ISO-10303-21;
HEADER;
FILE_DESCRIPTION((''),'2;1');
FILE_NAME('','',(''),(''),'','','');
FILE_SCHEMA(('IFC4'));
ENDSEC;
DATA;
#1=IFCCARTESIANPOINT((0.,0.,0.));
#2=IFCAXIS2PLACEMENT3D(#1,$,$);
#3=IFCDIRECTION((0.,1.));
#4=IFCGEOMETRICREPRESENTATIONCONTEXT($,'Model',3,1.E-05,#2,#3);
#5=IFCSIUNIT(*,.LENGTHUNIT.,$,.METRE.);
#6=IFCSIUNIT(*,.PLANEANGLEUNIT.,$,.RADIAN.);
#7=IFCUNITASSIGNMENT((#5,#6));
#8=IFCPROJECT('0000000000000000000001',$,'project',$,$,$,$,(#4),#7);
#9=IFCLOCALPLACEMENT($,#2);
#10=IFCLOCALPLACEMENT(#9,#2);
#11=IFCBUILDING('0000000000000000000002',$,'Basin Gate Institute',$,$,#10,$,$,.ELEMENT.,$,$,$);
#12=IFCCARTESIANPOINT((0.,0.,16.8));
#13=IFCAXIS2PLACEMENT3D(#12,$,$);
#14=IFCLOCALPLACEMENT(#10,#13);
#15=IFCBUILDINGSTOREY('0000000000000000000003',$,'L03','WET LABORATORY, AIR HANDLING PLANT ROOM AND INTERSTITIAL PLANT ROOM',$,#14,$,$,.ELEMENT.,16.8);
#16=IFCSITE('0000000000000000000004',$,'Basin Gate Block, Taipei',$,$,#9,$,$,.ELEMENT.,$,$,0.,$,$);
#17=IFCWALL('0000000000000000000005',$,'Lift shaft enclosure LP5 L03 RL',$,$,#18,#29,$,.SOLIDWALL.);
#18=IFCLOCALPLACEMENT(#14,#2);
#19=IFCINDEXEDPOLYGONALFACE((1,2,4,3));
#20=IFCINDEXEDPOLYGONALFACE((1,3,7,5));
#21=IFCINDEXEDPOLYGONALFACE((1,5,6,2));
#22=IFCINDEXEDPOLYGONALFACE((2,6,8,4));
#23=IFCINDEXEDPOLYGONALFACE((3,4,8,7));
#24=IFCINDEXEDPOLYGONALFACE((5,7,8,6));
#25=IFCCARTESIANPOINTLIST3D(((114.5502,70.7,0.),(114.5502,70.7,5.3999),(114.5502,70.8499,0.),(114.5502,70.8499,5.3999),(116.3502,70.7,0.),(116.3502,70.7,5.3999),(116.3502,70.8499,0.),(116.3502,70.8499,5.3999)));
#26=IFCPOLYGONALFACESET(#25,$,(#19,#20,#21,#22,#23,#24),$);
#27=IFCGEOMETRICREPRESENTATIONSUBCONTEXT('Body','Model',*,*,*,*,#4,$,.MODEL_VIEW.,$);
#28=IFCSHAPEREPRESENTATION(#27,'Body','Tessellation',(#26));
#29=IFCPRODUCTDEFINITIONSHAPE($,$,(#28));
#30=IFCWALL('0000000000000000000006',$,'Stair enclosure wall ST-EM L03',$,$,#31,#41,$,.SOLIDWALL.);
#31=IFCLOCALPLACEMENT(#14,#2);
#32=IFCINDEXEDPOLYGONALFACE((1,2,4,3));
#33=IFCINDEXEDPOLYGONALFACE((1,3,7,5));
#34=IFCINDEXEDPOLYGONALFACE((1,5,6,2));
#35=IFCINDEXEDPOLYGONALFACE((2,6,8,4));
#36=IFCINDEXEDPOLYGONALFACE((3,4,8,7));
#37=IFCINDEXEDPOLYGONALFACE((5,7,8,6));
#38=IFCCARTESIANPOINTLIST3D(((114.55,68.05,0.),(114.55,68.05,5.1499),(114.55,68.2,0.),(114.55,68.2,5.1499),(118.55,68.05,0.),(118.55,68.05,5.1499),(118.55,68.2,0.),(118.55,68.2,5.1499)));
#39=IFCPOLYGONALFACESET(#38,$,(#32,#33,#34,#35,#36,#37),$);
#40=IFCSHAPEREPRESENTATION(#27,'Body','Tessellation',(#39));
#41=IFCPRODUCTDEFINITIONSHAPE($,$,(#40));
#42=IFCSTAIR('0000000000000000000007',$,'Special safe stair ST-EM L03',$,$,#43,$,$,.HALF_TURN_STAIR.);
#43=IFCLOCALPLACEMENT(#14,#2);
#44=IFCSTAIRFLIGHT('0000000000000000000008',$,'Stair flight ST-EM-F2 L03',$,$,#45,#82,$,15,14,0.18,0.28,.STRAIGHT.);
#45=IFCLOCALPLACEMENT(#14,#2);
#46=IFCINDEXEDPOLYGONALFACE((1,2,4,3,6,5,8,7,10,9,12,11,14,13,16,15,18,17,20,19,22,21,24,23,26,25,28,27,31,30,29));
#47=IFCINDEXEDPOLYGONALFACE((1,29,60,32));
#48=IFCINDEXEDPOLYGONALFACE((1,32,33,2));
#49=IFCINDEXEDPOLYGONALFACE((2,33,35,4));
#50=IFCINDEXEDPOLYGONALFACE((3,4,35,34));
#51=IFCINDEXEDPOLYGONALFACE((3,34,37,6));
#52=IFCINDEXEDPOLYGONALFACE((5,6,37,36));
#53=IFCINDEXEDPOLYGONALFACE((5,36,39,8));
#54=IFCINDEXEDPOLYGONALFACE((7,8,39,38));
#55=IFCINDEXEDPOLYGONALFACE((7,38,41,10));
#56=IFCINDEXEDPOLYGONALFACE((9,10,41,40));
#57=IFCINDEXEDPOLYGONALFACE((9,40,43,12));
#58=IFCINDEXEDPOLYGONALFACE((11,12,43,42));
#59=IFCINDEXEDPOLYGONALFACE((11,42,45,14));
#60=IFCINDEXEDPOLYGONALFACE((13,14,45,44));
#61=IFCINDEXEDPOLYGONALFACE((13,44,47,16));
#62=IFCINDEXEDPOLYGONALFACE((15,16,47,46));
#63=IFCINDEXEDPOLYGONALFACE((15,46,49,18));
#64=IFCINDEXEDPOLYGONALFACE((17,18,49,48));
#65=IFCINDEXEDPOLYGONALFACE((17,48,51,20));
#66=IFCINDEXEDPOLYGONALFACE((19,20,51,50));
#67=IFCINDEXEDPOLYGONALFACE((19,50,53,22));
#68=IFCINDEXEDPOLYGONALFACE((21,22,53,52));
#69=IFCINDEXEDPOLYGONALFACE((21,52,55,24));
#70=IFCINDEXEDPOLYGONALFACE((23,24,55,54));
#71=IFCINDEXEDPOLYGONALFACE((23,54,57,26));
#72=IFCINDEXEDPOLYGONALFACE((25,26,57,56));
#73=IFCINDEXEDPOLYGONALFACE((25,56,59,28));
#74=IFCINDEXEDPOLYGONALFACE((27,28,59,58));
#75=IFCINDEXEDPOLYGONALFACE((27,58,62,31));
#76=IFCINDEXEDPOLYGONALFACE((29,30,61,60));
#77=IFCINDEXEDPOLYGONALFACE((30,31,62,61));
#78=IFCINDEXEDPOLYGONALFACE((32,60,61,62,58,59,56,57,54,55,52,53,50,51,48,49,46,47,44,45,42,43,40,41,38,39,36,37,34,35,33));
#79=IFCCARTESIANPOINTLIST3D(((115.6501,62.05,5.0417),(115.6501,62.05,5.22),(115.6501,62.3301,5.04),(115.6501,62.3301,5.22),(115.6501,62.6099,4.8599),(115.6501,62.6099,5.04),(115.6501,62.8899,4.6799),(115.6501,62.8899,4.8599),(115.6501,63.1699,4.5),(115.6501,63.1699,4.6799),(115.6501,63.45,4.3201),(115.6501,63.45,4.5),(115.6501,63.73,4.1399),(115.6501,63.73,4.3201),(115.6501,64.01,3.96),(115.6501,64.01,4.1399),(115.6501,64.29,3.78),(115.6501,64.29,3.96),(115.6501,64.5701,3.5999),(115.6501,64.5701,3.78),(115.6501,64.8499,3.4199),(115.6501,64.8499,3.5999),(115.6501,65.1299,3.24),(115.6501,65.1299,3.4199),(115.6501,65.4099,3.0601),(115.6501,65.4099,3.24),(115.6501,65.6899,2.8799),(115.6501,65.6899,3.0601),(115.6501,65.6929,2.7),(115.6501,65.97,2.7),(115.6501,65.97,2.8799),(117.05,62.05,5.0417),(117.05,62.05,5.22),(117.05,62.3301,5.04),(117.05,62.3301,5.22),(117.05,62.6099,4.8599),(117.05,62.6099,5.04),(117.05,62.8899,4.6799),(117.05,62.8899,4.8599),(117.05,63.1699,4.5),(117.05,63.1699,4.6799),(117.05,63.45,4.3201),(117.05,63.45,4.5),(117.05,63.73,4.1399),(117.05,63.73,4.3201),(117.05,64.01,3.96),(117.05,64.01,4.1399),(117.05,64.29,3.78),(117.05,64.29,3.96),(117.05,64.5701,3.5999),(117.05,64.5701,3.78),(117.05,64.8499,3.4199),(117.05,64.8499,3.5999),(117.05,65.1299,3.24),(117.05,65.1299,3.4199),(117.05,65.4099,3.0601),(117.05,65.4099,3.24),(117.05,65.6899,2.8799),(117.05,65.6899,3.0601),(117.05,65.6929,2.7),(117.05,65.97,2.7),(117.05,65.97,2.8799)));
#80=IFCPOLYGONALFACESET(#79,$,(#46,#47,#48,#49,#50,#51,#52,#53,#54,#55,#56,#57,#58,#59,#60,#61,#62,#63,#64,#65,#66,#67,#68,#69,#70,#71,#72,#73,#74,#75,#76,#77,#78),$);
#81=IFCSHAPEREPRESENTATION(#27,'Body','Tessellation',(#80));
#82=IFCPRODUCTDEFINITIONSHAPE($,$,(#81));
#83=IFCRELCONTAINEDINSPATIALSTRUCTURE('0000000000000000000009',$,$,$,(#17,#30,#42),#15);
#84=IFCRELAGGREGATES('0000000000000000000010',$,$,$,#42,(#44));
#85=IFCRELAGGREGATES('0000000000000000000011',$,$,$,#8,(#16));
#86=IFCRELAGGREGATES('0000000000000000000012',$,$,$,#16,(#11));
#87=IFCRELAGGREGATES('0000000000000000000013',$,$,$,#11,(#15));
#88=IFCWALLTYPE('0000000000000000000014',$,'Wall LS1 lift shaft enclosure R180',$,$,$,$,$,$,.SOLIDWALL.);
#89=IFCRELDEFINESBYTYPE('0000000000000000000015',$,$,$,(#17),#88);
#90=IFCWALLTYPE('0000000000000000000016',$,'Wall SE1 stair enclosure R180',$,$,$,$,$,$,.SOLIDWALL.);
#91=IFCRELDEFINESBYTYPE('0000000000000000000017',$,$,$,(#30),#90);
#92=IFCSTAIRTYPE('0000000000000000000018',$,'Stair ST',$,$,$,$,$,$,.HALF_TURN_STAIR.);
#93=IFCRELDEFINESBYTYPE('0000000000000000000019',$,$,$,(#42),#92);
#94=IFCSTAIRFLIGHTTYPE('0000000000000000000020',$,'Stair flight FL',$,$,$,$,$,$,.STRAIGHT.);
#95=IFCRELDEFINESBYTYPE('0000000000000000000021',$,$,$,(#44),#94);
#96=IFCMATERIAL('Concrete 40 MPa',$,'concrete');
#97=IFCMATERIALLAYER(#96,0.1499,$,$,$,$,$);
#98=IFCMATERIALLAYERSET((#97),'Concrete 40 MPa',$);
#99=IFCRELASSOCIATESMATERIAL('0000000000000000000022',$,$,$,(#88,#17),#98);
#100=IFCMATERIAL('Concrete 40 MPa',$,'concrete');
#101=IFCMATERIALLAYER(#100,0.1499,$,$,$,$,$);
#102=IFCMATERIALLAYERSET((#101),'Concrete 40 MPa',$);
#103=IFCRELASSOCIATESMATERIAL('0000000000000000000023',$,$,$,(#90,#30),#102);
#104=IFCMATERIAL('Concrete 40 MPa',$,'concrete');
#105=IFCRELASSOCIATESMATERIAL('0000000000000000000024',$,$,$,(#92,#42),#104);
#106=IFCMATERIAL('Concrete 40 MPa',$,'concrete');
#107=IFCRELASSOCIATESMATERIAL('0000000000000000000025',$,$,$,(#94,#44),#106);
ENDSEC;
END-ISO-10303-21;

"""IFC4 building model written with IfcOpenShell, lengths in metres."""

from ifc_helpers import new_model, si_unit, direction, frame, frame_2d, origin, place, context, subcontext, project, spatial, polyline, rectangle, outline, extrude, material, layer, layer_set, type_object, element, aggregate, save


model = new_model("IFC4")

# Units and contexts
model_context = context("Model", 3, precision=1e-05, world=origin(), true_north=direction((0.0, 1.0)))
body_context = subcontext(model_context, "Body", "Model", "MODEL_VIEW")
ifc_project = project(units=[si_unit("LENGTHUNIT", "METRE"), si_unit("PLANEANGLEUNIT", "RADIAN")], contexts=[model_context])

# Site, building, storey
site_placement = place(None, origin())
site = spatial("IfcSite", under=ifc_project, at=site_placement, Name="Basin Gate Block, Taipei", CompositionType="ELEMENT", RefElevation=0.0)
building_placement = place(site_placement, origin())
building = spatial("IfcBuilding", under=site, at=building_placement, Name="Basin Gate Institute", CompositionType="ELEMENT")
storey_placement = place(building_placement, frame((0.0, 0.0, 16.8)))
storey = spatial("IfcBuildingStorey", under=building, at=storey_placement, Name="L03", Description="WET LABORATORY, AIR HANDLING PLANT ROOM AND INTERSTITIAL PLANT ROOM", CompositionType="ELEMENT", Elevation=16.8)

# Walls
ifc_material_1 = material(Name="Concrete 40 MPa", Category="concrete")
ifc_layer_1 = layer(ifc_material_1, 0.1499)
ifc_layer_set_1 = layer_set([ifc_layer_1], Name="Concrete 40 MPa")
wall_type_1 = type_object("IfcWallType", Name="Wall LS1 lift shaft enclosure R180", PredefinedType="SOLIDWALL", material=ifc_layer_set_1)
wall_1_placement = place(storey_placement, frame((116.3501, 70.7749, 0.0), z_axis=(0.0, 0.0, 1.0), x_axis=(-1.0, 0.0, 0.0)))
element("IfcWall", 1, at=wall_1_placement, inside=storey, type_object=wall_type_1, material=ifc_layer_set_1, Name="Lift shaft enclosure LP5 L03 RL", PredefinedType="SOLIDWALL", context=body_context, shape_type="SweptSolid", body=[
    extrude(rectangle(XDim=1.8, YDim=0.1499, at=frame_2d((0.8999, 0.0))), origin(), (0.0, 0.0, 1.0), 5.3999),
])
ifc_material_2 = material(Name="Concrete 40 MPa", Category="concrete")
ifc_layer_2 = layer(ifc_material_2, 0.1499)
ifc_layer_set_2 = layer_set([ifc_layer_2], Name="Concrete 40 MPa")
wall_type_2 = type_object("IfcWallType", Name="Wall SE1 stair enclosure R180", PredefinedType="SOLIDWALL", material=ifc_layer_set_2)
wall_2_placement = place(storey_placement, frame((118.55, 68.125, 0.0), z_axis=(0.0, 0.0, 1.0), x_axis=(-1.0, 0.0, 0.0)))
element("IfcWall", 2, at=wall_2_placement, inside=storey, type_object=wall_type_2, material=ifc_layer_set_2, Name="Stair enclosure wall ST-EM L03", PredefinedType="SOLIDWALL", context=body_context, shape_type="SweptSolid", body=[
    extrude(rectangle(XDim=4.0, YDim=0.1499, at=frame_2d((2.0, 0.0))), origin(), (0.0, 0.0, 1.0), 5.1499),
])

# Stair, stair flight
ifc_material_3 = material(Name="Concrete 40 MPa", Category="concrete")
stair_type = type_object("IfcStairType", Name="Stair ST", PredefinedType="HALF_TURN_STAIR", material=ifc_material_3)
stair_placement = place(storey_placement, origin())
stair = element("IfcStair", 3, at=stair_placement, inside=storey, type_object=stair_type, material=ifc_material_3, Name="Special safe stair ST-EM L03", PredefinedType="HALF_TURN_STAIR")
ifc_material_4 = material(Name="Concrete 40 MPa", Category="concrete")
stair_flight_type = type_object("IfcStairFlightType", Name="Stair flight FL", PredefinedType="STRAIGHT", material=ifc_material_4)
stair_flight_placement = place(storey_placement, frame((116.3501, 65.97, 2.7), z_axis=(0.0, 0.0, 1.0), x_axis=(0.0, -1.0, 0.0)))
stair_flight = element("IfcStairFlight", 4, at=stair_flight_placement, type_object=stair_flight_type, material=ifc_material_4, Name="Stair flight ST-EM-F2 L03", NumberOfRisers=15, NumberOfTreads=14, PredefinedType="STRAIGHT", RiserHeight=0.18, TreadLength=0.28, context=body_context, shape_type="SweptSolid", body=[
    extrude(outline(polyline([(0.0, 0.0), (0.0, 0.1799), (0.28, 0.1799), (0.28, 0.3601), (0.5601, 0.3601), (0.5601, 0.54), (0.8401, 0.54), (0.8401, 0.72), (1.1201, 0.72), (1.1201, 0.8999), (1.3999, 0.8999), (1.3999, 1.0801), (1.6799, 1.0801), (1.6799, 1.26), (1.96, 1.26), (1.96, 1.4399), (2.24, 1.4399), (2.24, 1.6201), (2.52, 1.6201), (2.52, 1.8), (2.8, 1.8), (2.8, 1.98), (3.0801, 1.98), (3.0801, 2.1599), (3.3601, 2.1599), (3.3601, 2.3401), (3.6399, 2.3401), (3.6399, 2.52), (3.9199, 2.52), (3.9199, 2.7), (3.9199, 2.3418), (0.2771, 0.0), (0.0, 0.0)])), frame((0.0, 0.7, 0.0), z_axis=(0.0, -1.0, 0.0), x_axis=(1.0, 0.0, 0.0)), (0.0, 0.0, 1.0), 1.3999),
])
aggregate(stair, [stair_flight])

save(model, "model.ifc")
